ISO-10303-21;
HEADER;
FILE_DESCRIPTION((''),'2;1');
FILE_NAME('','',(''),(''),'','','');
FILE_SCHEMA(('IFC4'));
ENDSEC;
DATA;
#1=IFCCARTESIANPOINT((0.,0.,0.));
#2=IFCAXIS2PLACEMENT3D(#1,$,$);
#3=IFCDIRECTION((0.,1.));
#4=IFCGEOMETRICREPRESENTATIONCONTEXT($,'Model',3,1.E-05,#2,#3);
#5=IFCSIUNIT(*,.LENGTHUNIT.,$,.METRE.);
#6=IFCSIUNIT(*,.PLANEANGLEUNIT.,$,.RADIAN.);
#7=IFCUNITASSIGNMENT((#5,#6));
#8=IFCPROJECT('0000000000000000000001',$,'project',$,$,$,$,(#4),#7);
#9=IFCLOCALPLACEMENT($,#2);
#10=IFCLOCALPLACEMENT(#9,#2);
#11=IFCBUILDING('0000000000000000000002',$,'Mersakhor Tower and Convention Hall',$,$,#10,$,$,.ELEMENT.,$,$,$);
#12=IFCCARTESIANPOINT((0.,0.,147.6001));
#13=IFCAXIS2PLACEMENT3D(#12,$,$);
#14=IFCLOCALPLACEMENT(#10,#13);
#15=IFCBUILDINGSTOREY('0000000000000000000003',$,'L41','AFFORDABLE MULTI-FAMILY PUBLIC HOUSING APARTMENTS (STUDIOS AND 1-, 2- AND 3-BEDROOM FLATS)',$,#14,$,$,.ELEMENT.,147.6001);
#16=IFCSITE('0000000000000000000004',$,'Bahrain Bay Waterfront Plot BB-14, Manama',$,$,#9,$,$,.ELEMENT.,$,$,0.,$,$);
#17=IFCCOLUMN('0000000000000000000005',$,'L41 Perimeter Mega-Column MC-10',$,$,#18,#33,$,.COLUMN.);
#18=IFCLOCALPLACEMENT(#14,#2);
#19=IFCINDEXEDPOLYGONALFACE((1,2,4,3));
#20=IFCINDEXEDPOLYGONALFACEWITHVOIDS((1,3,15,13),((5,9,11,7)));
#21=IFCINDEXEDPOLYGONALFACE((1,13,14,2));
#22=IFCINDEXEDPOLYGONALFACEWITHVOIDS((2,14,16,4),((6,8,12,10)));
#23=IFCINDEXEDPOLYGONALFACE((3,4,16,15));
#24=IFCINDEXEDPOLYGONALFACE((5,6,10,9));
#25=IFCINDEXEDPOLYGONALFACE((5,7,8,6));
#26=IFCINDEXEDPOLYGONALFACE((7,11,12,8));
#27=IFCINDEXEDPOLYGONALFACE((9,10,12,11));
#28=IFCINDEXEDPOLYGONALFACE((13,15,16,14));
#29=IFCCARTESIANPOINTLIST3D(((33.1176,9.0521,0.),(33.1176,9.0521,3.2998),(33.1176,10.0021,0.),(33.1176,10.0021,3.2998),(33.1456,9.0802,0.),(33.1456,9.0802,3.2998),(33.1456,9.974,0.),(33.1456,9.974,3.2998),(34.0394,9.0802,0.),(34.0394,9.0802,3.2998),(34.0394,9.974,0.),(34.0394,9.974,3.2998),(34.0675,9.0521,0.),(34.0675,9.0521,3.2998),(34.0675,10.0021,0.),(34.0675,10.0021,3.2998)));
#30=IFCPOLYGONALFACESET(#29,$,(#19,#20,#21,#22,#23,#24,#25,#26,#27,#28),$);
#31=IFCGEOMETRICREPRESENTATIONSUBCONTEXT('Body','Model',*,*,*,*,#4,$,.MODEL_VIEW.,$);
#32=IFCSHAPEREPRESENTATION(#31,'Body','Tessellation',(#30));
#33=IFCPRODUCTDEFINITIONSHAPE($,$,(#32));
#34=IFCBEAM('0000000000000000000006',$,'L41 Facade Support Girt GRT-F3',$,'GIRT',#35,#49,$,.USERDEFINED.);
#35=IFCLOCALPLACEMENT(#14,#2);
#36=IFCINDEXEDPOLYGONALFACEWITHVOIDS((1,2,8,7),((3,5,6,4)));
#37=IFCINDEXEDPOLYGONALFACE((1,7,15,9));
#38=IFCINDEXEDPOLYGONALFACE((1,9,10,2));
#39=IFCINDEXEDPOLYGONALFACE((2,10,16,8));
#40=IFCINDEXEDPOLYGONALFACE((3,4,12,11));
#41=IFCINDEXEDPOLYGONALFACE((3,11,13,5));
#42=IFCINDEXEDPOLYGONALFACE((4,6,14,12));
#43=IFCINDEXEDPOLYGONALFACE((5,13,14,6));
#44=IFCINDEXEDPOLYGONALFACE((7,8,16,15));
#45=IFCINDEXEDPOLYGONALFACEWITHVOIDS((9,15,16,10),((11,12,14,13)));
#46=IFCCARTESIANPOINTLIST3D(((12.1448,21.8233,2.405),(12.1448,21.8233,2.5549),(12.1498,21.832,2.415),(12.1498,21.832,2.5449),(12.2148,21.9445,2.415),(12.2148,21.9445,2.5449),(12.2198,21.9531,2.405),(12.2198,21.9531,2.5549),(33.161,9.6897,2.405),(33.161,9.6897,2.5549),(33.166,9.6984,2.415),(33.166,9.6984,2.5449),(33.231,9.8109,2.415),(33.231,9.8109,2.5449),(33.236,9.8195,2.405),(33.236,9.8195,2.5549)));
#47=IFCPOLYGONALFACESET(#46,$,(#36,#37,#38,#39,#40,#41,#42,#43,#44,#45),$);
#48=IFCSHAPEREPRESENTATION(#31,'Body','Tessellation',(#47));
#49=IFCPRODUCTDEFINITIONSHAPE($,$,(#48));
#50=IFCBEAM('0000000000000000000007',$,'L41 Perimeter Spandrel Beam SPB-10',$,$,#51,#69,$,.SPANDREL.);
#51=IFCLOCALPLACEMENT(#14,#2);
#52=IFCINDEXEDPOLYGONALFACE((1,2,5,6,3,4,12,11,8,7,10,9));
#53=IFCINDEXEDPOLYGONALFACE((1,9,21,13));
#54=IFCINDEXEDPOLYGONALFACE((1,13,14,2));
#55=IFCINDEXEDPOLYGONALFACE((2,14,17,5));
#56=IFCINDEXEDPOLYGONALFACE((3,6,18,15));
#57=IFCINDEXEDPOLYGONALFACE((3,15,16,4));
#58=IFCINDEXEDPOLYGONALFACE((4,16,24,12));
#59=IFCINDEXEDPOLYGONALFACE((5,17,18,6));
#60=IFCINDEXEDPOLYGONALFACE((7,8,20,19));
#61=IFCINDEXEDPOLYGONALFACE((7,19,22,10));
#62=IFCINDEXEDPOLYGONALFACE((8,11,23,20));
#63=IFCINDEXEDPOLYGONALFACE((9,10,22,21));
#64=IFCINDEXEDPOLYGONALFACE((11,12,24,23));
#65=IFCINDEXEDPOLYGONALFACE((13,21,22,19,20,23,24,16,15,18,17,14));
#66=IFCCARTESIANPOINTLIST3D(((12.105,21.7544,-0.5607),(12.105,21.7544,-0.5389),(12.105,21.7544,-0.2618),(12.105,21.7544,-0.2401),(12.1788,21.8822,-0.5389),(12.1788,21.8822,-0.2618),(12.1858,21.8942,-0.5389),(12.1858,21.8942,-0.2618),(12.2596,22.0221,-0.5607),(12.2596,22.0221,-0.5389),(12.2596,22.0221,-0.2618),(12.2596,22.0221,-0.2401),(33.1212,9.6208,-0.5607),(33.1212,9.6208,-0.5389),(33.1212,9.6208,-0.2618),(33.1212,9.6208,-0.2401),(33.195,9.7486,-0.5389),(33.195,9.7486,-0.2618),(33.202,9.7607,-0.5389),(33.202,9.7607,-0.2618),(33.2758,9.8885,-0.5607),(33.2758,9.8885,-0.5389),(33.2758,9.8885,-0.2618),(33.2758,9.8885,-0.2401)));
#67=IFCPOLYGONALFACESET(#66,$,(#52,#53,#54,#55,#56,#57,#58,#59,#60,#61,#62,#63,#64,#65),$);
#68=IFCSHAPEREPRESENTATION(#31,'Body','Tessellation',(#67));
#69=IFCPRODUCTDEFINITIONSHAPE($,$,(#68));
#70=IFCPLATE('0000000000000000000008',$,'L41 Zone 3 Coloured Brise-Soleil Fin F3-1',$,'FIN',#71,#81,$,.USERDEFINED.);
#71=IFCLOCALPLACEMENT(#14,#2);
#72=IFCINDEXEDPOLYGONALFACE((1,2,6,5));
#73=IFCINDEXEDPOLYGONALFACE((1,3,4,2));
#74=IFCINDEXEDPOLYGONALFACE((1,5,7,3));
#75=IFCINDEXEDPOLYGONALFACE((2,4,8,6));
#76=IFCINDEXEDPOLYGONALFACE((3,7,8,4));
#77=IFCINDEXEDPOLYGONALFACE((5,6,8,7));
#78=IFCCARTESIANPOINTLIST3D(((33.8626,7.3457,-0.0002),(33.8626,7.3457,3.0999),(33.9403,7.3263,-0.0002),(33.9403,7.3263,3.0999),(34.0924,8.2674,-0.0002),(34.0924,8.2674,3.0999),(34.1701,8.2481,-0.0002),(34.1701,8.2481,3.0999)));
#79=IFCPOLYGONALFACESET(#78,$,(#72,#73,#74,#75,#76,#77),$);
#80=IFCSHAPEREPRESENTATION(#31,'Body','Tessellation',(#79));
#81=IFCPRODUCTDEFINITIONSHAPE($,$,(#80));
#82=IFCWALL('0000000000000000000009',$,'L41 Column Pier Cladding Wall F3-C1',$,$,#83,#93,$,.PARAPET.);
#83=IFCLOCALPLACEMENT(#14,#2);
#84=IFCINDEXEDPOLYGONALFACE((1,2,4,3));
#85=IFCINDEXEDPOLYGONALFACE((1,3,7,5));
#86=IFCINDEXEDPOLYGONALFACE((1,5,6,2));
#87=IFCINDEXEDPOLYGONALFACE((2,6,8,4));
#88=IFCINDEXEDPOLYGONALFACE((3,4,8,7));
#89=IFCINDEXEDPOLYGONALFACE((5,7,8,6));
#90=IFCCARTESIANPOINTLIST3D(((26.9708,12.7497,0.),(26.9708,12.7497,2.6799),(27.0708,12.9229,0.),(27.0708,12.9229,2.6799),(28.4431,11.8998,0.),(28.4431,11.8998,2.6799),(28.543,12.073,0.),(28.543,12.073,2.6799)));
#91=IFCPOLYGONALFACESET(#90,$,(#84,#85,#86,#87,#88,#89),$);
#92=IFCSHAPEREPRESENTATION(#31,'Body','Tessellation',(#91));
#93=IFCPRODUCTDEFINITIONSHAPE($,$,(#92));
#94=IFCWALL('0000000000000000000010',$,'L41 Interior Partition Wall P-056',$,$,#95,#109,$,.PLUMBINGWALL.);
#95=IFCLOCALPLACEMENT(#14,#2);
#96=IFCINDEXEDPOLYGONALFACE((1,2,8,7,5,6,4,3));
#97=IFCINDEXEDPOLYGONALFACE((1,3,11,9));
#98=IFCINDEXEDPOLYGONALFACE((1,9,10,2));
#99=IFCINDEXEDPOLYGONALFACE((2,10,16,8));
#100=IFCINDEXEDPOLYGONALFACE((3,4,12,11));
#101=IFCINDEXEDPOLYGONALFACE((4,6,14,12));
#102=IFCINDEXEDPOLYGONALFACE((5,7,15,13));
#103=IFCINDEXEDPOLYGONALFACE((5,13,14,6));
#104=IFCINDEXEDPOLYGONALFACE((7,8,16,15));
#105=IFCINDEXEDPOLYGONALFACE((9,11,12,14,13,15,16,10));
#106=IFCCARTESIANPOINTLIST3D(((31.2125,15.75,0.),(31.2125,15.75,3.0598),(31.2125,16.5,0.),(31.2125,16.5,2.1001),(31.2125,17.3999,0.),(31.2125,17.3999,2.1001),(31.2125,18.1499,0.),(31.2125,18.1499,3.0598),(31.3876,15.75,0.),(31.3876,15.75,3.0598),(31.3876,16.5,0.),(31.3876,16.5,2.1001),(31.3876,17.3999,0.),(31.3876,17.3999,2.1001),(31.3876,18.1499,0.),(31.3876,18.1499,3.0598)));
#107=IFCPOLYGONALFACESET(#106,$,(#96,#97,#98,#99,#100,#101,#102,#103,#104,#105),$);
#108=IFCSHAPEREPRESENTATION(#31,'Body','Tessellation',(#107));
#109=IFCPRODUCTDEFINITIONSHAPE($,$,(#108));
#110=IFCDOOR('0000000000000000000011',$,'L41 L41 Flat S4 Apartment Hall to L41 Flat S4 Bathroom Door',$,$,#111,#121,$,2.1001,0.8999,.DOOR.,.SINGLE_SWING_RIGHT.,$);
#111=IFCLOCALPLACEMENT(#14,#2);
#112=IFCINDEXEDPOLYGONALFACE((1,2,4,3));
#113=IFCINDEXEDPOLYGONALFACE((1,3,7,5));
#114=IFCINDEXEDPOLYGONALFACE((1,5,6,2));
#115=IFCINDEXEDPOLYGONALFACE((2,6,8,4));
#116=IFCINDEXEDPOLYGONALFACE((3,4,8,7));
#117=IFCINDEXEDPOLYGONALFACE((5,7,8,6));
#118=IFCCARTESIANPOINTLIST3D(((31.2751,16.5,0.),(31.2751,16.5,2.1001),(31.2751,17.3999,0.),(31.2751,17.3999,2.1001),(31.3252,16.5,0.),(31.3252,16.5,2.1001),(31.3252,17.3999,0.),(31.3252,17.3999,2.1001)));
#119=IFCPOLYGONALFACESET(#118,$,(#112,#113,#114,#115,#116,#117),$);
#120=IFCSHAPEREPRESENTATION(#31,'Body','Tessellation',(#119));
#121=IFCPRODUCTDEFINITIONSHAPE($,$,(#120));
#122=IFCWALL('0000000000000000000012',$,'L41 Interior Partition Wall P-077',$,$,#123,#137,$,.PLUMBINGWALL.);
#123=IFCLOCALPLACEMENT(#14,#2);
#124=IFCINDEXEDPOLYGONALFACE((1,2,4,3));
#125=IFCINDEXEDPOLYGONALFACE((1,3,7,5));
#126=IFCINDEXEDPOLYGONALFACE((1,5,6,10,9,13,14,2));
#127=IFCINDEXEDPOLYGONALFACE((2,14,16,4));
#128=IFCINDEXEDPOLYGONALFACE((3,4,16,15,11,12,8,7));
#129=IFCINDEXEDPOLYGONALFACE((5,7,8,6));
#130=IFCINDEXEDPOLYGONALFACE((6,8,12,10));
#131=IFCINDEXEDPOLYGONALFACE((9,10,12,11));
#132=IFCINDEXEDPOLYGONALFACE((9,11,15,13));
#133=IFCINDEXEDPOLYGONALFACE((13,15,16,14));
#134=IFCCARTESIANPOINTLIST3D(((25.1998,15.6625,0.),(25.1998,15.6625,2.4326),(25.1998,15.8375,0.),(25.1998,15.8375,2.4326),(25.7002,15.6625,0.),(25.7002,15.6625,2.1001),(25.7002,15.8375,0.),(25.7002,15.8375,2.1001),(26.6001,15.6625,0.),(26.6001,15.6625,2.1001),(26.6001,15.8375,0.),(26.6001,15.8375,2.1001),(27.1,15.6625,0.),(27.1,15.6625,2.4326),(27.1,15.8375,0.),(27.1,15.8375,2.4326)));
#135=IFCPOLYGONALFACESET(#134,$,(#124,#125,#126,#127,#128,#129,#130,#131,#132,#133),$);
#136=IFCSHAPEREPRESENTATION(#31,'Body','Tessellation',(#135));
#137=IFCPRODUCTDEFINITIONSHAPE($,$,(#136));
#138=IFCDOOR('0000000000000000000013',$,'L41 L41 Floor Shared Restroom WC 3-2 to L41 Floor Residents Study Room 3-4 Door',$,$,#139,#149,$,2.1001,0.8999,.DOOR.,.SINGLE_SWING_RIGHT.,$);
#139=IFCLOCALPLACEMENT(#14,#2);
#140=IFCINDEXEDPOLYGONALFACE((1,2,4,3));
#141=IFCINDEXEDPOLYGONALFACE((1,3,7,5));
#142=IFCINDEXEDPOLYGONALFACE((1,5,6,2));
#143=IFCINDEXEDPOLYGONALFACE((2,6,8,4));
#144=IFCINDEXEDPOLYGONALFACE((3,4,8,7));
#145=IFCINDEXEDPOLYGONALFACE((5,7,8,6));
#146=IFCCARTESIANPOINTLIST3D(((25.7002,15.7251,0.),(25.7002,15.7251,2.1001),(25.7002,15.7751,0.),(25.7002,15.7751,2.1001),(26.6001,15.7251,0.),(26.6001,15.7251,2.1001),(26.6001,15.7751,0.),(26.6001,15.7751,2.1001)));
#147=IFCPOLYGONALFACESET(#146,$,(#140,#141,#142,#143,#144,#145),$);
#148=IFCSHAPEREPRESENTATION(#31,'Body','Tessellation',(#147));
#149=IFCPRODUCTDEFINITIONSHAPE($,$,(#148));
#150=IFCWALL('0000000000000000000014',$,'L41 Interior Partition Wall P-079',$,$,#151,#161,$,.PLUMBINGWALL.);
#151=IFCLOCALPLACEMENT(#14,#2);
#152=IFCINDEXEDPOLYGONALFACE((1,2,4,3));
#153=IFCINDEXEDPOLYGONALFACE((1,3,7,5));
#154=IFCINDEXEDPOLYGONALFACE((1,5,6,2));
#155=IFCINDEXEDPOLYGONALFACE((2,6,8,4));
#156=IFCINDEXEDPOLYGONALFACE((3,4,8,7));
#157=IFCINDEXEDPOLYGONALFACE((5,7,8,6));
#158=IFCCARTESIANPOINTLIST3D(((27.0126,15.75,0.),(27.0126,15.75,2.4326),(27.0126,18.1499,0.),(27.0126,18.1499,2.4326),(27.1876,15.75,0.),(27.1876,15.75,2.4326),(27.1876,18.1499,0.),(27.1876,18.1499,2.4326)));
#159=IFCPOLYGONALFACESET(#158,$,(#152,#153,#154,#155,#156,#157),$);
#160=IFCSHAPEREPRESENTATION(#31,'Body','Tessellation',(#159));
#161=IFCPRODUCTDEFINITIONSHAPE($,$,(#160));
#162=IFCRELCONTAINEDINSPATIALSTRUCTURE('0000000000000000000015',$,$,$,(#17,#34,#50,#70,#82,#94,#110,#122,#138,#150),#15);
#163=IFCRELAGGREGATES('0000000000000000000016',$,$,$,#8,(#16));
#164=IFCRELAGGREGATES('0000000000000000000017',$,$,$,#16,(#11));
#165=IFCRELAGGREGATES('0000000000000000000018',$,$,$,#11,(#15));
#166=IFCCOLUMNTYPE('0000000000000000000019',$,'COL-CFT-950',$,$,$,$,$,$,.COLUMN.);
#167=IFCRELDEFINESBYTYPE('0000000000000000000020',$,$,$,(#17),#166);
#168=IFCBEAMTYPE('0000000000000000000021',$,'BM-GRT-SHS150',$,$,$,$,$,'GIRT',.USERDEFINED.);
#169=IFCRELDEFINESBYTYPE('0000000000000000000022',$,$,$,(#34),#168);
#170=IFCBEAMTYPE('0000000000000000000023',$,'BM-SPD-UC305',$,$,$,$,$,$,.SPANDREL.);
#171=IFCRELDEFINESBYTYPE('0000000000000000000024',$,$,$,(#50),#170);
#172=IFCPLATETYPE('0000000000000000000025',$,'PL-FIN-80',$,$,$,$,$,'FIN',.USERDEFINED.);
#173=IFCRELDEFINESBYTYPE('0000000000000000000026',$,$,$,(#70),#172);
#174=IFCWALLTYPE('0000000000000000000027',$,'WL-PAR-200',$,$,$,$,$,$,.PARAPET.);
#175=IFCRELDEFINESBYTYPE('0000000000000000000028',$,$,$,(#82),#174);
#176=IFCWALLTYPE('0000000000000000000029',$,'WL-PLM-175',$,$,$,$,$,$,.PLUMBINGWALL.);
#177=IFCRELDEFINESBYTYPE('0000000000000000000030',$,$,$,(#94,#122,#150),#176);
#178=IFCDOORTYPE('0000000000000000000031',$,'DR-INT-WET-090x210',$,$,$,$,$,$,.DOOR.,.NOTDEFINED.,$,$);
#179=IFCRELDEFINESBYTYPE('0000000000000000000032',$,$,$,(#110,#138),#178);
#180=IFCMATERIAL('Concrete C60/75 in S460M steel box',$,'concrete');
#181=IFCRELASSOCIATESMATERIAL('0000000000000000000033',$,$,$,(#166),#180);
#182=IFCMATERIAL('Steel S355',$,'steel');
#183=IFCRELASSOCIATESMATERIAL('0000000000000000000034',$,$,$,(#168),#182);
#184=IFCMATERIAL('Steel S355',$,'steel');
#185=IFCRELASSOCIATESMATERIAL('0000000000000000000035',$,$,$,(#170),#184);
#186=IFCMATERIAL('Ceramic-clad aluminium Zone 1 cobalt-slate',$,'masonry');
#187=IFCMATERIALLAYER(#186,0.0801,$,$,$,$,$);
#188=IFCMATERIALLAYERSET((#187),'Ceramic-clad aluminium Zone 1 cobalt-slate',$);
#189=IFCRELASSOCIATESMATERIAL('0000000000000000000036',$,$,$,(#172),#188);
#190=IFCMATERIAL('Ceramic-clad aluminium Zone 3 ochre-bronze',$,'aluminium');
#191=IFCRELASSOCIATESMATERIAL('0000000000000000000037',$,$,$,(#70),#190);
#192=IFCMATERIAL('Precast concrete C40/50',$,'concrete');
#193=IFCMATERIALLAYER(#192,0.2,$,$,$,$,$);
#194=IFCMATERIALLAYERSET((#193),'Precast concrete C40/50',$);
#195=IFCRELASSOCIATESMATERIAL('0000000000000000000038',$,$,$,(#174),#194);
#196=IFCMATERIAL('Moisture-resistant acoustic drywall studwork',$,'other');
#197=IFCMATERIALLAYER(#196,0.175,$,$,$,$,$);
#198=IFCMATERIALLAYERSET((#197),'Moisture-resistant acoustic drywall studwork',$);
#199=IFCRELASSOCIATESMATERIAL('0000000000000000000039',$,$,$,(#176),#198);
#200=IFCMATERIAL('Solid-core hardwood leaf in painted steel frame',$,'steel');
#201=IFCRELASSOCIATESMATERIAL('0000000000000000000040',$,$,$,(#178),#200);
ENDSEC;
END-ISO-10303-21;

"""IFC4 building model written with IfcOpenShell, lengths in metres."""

from ifc_helpers import new_model, si_unit, direction, frame, frame_2d, origin, origin_2d, place, context, subcontext, project, spatial, rectangle, hollow_rectangle, i_section, extrude, material, layer, layer_set, material_profile, profile_set, type_object, element, fill, save


model = new_model("IFC4")

# Units and contexts
model_context = context("Model", 3, precision=1e-05, world=origin(), true_north=direction((0.0, 1.0)))
body_context = subcontext(model_context, "Body", "Model", "MODEL_VIEW")
ifc_project = project(units=[si_unit("LENGTHUNIT", "METRE"), si_unit("PLANEANGLEUNIT", "RADIAN")], contexts=[model_context])

# Site, building, storey
site_placement = place(None, origin())
site = spatial("IfcSite", under=ifc_project, at=site_placement, Name="Bahrain Bay Waterfront Plot BB-14, Manama", CompositionType="ELEMENT", RefElevation=0.0)
building_placement = place(site_placement, origin())
building = spatial("IfcBuilding", under=site, at=building_placement, Name="Mersakhor Tower and Convention Hall", CompositionType="ELEMENT")
storey_placement = place(building_placement, frame((0.0, 0.0, 147.6001)))
storey = spatial("IfcBuildingStorey", under=building, at=storey_placement, Name="L41", Description="AFFORDABLE MULTI-FAMILY PUBLIC HOUSING APARTMENTS (STUDIOS AND 1-, 2- AND 3-BEDROOM FLATS)", CompositionType="ELEMENT", Elevation=147.6001)

# Column
ifc_material_1 = material(Name="Concrete C60/75 in S460M steel box", Category="concrete")
ifc_material_profile_1 = material_profile(ifc_material_1, hollow_rectangle(XDim=0.95, YDim=0.95, WallThickness=0.0281, at=origin_2d()), Name="SHS 950x950x28")
ifc_profile_set_1 = profile_set([ifc_material_profile_1], Name="Concrete C60/75 in S460M steel box")
column_type = type_object("IfcColumnType", Name="COL-CFT-950", PredefinedType="COLUMN", material=ifc_profile_set_1)
column_placement = place(storey_placement, frame((33.5925, 9.5271, 0.0), z_axis=(0.0, 0.0, 1.0), x_axis=(1.0, 0.0, 0.0)))
element("IfcColumn", 1, at=column_placement, inside=storey, type_object=column_type, Name="L41 Perimeter Mega-Column MC-10", PredefinedType="COLUMN", context=body_context, shape_type="SweptSolid", body=[
    extrude(hollow_rectangle(XDim=0.95, YDim=0.95, WallThickness=0.0281, at=origin_2d()), origin(), (0.0, 0.0, 1.0), 3.2998),
])

# Beams
ifc_material_2 = material(Name="Steel S355", Category="steel")
ifc_material_profile_2 = material_profile(ifc_material_2, hollow_rectangle(XDim=0.1499, YDim=0.1499, WallThickness=0.01, at=origin_2d()), Name="SHS 150x150x10")
ifc_profile_set_2 = profile_set([ifc_material_profile_2], Name="Steel S355")
beam_type_1 = type_object("IfcBeamType", Name="BM-GRT-SHS150", ElementType="GIRT", PredefinedType="USERDEFINED", material=ifc_profile_set_2)
beam_1_placement = place(storey_placement, frame((33.1985, 9.7546, 2.48), z_axis=(-0.866027, 0.499996, 0.0), x_axis=(-0.499996, -0.866027, 0.0)))
element("IfcBeam", 2, at=beam_1_placement, inside=storey, type_object=beam_type_1, Name="L41 Facade Support Girt GRT-F3", ObjectType="GIRT", PredefinedType="USERDEFINED", context=body_context, shape_type="SweptSolid", body=[
    extrude(hollow_rectangle(XDim=0.1499, YDim=0.1499, WallThickness=0.01, at=origin_2d()), origin(), (0.0, 0.0, 1.0), 24.2673),
])
ifc_material_3 = material(Name="Steel S355", Category="steel")
ifc_material_profile_3 = material_profile(ifc_material_3, i_section(OverallWidth=0.3091, OverallDepth=0.3206, WebThickness=0.0139, FlangeThickness=0.0217, at=origin_2d()), Name="UC 305x305x137")
ifc_profile_set_3 = profile_set([ifc_material_profile_3], Name="Steel S355")
beam_type_2 = type_object("IfcBeamType", Name="BM-SPD-UC305", PredefinedType="SPANDREL", material=ifc_profile_set_3)
beam_2_placement = place(storey_placement, frame((33.1985, 9.7546, -0.4004), z_axis=(-0.866027, 0.499996, 0.0), x_axis=(-0.499996, -0.866027, 0.0)))
element("IfcBeam", 3, at=beam_2_placement, inside=storey, type_object=beam_type_2, Name="L41 Perimeter Spandrel Beam SPB-10", PredefinedType="SPANDREL", context=body_context, shape_type="SweptSolid", body=[
    extrude(i_section(OverallWidth=0.3091, OverallDepth=0.3206, WebThickness=0.0139, FlangeThickness=0.0217, at=origin_2d()), origin(), (0.0, 0.0, 1.0), 24.2673),
])

# Plate
ifc_material_4 = material(Name="Ceramic-clad aluminium Zone 3 ochre-bronze", Category="aluminium")
ifc_material_5 = material(Name="Ceramic-clad aluminium Zone 1 cobalt-slate", Category="masonry")
ifc_layer_1 = layer(ifc_material_5, 0.0801)
ifc_layer_set_1 = layer_set([ifc_layer_1], Name="Ceramic-clad aluminium Zone 1 cobalt-slate")
plate_type = type_object("IfcPlateType", Name="PL-FIN-80", ElementType="FIN", PredefinedType="USERDEFINED", material=ifc_layer_set_1)
plate_placement = place(storey_placement, frame((34.0164, 7.7969, -0.0002), z_axis=(0.0, 0.0, 1.0), x_axis=(-0.241922, -0.970296, 0.0)))
element("IfcPlate", 4, at=plate_placement, inside=storey, type_object=plate_type, material=ifc_material_4, Name="L41 Zone 3 Coloured Brise-Soleil Fin F3-1", ObjectType="FIN", PredefinedType="USERDEFINED", context=body_context, shape_type="SweptSolid", body=[
    extrude(rectangle(XDim=0.95, YDim=0.0801, at=origin_2d()), origin(), (0.0, 0.0, 1.0), 3.1001),
])

# Wall
ifc_material_6 = material(Name="Precast concrete C40/50", Category="concrete")
ifc_layer_2 = layer(ifc_material_6, 0.2)
ifc_layer_set_2 = layer_set([ifc_layer_2], Name="Precast concrete C40/50")
wall_type_1 = type_object("IfcWallType", Name="WL-PAR-200", PredefinedType="PARAPET", material=ifc_layer_set_2)
wall_1_placement = place(storey_placement, frame((28.4932, 11.9863, 0.0), z_axis=(0.0, 0.0, 1.0), x_axis=(-0.866052, 0.499955, 0.0)))
element("IfcWall", 5, at=wall_1_placement, inside=storey, type_object=wall_type_1, Name="L41 Column Pier Cladding Wall F3-C1", PredefinedType="PARAPET", context=body_context, shape_type="SweptSolid", body=[
    extrude(rectangle(XDim=1.7, YDim=0.2, at=frame_2d((0.8501, 0.0))), origin(), (0.0, 0.0, 1.0), 2.6799),
])

# Walls, openings, doors
ifc_material_7 = material(Name="Moisture-resistant acoustic drywall studwork", Category="other")
ifc_layer_3 = layer(ifc_material_7, 0.175)
ifc_layer_set_3 = layer_set([ifc_layer_3], Name="Moisture-resistant acoustic drywall studwork")
wall_type_2 = type_object("IfcWallType", Name="WL-PLM-175", PredefinedType="PLUMBINGWALL", material=ifc_layer_set_3)
wall_2_placement = place(storey_placement, frame((31.3, 15.75, 0.0), z_axis=(0.0, 0.0, 1.0), x_axis=(0.0, 1.0, 0.0)))
wall_2 = element("IfcWall", 6, at=wall_2_placement, inside=storey, type_object=wall_type_2, Name="L41 Interior Partition Wall P-056", PredefinedType="PLUMBINGWALL", context=body_context, shape_type="SweptSolid", body=[
    extrude(rectangle(XDim=2.3999, YDim=0.175, at=frame_2d((1.2, 0.0))), origin(), (0.0, 0.0, 1.0), 3.0598),
])
opening_1_placement = place(wall_2_placement, frame((0.75, 0.0, 0.0)))
opening_1 = element("IfcOpeningElement", 7, at=opening_1_placement, cuts=wall_2, PredefinedType="OPENING", context=body_context, shape_type="SweptSolid", body=[
    extrude(rectangle(XDim=0.8999, YDim=2.1001, at=frame_2d((0.45, 1.05))), frame((0.0, 0.0974, 0.0), z_axis=(0.0, -1.0, 0.0), x_axis=(1.0, 0.0, 0.0)), (0.0, 0.0, 1.0), 0.1951),
])
ifc_material_8 = material(Name="Solid-core hardwood leaf in painted steel frame", Category="steel")
door_type_1 = type_object("IfcDoorType", Name="DR-INT-WET-090x210", OperationType="NOTDEFINED", PredefinedType="DOOR", material=ifc_material_8)
door_1_placement = place(opening_1_placement, origin())
door_1 = element("IfcDoor", 8, at=door_1_placement, inside=storey, type_object=door_type_1, Name="L41 L41 Flat S4 Apartment Hall to L41 Flat S4 Bathroom Door", OperationType="SINGLE_SWING_RIGHT", OverallHeight=2.1001, OverallWidth=0.8999, PredefinedType="DOOR", context=body_context, shape_type="SweptSolid", body=[
    extrude(rectangle(XDim=0.8999, YDim=2.1001, at=frame_2d((0.45, 1.05))), frame((0.0, 0.0249, 0.0), z_axis=(0.0, -1.0, 0.0), x_axis=(1.0, 0.0, 0.0)), (0.0, 0.0, 1.0), 0.05),
])
fill(opening_1, door_1)
wall_3_placement = place(storey_placement, frame((27.1001, 15.75, 0.0), z_axis=(0.0, 0.0, 1.0), x_axis=(-1.0, 0.0, 0.0)))
wall_3 = element("IfcWall", 9, at=wall_3_placement, inside=storey, type_object=wall_type_2, Name="L41 Interior Partition Wall P-077", PredefinedType="PLUMBINGWALL", context=body_context, shape_type="SweptSolid", body=[
    extrude(rectangle(XDim=1.9001, YDim=0.175, at=frame_2d((0.9502, 0.0))), origin(), (0.0, 0.0, 1.0), 2.4326),
])
opening_2_placement = place(wall_3_placement, frame((0.5, 0.0, 0.0)))
opening_2 = element("IfcOpeningElement", 10, at=opening_2_placement, cuts=wall_3, PredefinedType="OPENING", context=body_context, shape_type="SweptSolid", body=[
    extrude(rectangle(XDim=0.8999, YDim=2.1001, at=frame_2d((0.45, 1.05))), frame((0.0, 0.0974, 0.0), z_axis=(0.0, -1.0, 0.0), x_axis=(1.0, 0.0, 0.0)), (0.0, 0.0, 1.0), 0.1951),
])
door_2_placement = place(opening_2_placement, origin())
door_2 = element("IfcDoor", 11, at=door_2_placement, inside=storey, type_object=door_type_1, Name="L41 L41 Floor Shared Restroom WC 3-2 to L41 Floor Residents Study Room 3-4 Door", OperationType="SINGLE_SWING_RIGHT", OverallHeight=2.1001, OverallWidth=0.8999, PredefinedType="DOOR", context=body_context, shape_type="SweptSolid", body=[
    extrude(rectangle(XDim=0.8999, YDim=2.1001, at=frame_2d((0.45, 1.05))), frame((0.0, 0.0249, 0.0), z_axis=(0.0, -1.0, 0.0), x_axis=(1.0, 0.0, 0.0)), (0.0, 0.0, 1.0), 0.05),
])
fill(opening_2, door_2)

# Wall
wall_4_placement = place(storey_placement, frame((27.1001, 18.1499, 0.0), z_axis=(0.0, 0.0, 1.0), x_axis=(0.0, -1.0, 0.0)))
element("IfcWall", 12, at=wall_4_placement, inside=storey, type_object=wall_type_2, Name="L41 Interior Partition Wall P-079", PredefinedType="PLUMBINGWALL", context=body_context, shape_type="SweptSolid", body=[
    extrude(rectangle(XDim=2.3999, YDim=0.175, at=frame_2d((1.2, 0.0))), origin(), (0.0, 0.0, 1.0), 2.4326),
])

save(model, "model.ifc")
